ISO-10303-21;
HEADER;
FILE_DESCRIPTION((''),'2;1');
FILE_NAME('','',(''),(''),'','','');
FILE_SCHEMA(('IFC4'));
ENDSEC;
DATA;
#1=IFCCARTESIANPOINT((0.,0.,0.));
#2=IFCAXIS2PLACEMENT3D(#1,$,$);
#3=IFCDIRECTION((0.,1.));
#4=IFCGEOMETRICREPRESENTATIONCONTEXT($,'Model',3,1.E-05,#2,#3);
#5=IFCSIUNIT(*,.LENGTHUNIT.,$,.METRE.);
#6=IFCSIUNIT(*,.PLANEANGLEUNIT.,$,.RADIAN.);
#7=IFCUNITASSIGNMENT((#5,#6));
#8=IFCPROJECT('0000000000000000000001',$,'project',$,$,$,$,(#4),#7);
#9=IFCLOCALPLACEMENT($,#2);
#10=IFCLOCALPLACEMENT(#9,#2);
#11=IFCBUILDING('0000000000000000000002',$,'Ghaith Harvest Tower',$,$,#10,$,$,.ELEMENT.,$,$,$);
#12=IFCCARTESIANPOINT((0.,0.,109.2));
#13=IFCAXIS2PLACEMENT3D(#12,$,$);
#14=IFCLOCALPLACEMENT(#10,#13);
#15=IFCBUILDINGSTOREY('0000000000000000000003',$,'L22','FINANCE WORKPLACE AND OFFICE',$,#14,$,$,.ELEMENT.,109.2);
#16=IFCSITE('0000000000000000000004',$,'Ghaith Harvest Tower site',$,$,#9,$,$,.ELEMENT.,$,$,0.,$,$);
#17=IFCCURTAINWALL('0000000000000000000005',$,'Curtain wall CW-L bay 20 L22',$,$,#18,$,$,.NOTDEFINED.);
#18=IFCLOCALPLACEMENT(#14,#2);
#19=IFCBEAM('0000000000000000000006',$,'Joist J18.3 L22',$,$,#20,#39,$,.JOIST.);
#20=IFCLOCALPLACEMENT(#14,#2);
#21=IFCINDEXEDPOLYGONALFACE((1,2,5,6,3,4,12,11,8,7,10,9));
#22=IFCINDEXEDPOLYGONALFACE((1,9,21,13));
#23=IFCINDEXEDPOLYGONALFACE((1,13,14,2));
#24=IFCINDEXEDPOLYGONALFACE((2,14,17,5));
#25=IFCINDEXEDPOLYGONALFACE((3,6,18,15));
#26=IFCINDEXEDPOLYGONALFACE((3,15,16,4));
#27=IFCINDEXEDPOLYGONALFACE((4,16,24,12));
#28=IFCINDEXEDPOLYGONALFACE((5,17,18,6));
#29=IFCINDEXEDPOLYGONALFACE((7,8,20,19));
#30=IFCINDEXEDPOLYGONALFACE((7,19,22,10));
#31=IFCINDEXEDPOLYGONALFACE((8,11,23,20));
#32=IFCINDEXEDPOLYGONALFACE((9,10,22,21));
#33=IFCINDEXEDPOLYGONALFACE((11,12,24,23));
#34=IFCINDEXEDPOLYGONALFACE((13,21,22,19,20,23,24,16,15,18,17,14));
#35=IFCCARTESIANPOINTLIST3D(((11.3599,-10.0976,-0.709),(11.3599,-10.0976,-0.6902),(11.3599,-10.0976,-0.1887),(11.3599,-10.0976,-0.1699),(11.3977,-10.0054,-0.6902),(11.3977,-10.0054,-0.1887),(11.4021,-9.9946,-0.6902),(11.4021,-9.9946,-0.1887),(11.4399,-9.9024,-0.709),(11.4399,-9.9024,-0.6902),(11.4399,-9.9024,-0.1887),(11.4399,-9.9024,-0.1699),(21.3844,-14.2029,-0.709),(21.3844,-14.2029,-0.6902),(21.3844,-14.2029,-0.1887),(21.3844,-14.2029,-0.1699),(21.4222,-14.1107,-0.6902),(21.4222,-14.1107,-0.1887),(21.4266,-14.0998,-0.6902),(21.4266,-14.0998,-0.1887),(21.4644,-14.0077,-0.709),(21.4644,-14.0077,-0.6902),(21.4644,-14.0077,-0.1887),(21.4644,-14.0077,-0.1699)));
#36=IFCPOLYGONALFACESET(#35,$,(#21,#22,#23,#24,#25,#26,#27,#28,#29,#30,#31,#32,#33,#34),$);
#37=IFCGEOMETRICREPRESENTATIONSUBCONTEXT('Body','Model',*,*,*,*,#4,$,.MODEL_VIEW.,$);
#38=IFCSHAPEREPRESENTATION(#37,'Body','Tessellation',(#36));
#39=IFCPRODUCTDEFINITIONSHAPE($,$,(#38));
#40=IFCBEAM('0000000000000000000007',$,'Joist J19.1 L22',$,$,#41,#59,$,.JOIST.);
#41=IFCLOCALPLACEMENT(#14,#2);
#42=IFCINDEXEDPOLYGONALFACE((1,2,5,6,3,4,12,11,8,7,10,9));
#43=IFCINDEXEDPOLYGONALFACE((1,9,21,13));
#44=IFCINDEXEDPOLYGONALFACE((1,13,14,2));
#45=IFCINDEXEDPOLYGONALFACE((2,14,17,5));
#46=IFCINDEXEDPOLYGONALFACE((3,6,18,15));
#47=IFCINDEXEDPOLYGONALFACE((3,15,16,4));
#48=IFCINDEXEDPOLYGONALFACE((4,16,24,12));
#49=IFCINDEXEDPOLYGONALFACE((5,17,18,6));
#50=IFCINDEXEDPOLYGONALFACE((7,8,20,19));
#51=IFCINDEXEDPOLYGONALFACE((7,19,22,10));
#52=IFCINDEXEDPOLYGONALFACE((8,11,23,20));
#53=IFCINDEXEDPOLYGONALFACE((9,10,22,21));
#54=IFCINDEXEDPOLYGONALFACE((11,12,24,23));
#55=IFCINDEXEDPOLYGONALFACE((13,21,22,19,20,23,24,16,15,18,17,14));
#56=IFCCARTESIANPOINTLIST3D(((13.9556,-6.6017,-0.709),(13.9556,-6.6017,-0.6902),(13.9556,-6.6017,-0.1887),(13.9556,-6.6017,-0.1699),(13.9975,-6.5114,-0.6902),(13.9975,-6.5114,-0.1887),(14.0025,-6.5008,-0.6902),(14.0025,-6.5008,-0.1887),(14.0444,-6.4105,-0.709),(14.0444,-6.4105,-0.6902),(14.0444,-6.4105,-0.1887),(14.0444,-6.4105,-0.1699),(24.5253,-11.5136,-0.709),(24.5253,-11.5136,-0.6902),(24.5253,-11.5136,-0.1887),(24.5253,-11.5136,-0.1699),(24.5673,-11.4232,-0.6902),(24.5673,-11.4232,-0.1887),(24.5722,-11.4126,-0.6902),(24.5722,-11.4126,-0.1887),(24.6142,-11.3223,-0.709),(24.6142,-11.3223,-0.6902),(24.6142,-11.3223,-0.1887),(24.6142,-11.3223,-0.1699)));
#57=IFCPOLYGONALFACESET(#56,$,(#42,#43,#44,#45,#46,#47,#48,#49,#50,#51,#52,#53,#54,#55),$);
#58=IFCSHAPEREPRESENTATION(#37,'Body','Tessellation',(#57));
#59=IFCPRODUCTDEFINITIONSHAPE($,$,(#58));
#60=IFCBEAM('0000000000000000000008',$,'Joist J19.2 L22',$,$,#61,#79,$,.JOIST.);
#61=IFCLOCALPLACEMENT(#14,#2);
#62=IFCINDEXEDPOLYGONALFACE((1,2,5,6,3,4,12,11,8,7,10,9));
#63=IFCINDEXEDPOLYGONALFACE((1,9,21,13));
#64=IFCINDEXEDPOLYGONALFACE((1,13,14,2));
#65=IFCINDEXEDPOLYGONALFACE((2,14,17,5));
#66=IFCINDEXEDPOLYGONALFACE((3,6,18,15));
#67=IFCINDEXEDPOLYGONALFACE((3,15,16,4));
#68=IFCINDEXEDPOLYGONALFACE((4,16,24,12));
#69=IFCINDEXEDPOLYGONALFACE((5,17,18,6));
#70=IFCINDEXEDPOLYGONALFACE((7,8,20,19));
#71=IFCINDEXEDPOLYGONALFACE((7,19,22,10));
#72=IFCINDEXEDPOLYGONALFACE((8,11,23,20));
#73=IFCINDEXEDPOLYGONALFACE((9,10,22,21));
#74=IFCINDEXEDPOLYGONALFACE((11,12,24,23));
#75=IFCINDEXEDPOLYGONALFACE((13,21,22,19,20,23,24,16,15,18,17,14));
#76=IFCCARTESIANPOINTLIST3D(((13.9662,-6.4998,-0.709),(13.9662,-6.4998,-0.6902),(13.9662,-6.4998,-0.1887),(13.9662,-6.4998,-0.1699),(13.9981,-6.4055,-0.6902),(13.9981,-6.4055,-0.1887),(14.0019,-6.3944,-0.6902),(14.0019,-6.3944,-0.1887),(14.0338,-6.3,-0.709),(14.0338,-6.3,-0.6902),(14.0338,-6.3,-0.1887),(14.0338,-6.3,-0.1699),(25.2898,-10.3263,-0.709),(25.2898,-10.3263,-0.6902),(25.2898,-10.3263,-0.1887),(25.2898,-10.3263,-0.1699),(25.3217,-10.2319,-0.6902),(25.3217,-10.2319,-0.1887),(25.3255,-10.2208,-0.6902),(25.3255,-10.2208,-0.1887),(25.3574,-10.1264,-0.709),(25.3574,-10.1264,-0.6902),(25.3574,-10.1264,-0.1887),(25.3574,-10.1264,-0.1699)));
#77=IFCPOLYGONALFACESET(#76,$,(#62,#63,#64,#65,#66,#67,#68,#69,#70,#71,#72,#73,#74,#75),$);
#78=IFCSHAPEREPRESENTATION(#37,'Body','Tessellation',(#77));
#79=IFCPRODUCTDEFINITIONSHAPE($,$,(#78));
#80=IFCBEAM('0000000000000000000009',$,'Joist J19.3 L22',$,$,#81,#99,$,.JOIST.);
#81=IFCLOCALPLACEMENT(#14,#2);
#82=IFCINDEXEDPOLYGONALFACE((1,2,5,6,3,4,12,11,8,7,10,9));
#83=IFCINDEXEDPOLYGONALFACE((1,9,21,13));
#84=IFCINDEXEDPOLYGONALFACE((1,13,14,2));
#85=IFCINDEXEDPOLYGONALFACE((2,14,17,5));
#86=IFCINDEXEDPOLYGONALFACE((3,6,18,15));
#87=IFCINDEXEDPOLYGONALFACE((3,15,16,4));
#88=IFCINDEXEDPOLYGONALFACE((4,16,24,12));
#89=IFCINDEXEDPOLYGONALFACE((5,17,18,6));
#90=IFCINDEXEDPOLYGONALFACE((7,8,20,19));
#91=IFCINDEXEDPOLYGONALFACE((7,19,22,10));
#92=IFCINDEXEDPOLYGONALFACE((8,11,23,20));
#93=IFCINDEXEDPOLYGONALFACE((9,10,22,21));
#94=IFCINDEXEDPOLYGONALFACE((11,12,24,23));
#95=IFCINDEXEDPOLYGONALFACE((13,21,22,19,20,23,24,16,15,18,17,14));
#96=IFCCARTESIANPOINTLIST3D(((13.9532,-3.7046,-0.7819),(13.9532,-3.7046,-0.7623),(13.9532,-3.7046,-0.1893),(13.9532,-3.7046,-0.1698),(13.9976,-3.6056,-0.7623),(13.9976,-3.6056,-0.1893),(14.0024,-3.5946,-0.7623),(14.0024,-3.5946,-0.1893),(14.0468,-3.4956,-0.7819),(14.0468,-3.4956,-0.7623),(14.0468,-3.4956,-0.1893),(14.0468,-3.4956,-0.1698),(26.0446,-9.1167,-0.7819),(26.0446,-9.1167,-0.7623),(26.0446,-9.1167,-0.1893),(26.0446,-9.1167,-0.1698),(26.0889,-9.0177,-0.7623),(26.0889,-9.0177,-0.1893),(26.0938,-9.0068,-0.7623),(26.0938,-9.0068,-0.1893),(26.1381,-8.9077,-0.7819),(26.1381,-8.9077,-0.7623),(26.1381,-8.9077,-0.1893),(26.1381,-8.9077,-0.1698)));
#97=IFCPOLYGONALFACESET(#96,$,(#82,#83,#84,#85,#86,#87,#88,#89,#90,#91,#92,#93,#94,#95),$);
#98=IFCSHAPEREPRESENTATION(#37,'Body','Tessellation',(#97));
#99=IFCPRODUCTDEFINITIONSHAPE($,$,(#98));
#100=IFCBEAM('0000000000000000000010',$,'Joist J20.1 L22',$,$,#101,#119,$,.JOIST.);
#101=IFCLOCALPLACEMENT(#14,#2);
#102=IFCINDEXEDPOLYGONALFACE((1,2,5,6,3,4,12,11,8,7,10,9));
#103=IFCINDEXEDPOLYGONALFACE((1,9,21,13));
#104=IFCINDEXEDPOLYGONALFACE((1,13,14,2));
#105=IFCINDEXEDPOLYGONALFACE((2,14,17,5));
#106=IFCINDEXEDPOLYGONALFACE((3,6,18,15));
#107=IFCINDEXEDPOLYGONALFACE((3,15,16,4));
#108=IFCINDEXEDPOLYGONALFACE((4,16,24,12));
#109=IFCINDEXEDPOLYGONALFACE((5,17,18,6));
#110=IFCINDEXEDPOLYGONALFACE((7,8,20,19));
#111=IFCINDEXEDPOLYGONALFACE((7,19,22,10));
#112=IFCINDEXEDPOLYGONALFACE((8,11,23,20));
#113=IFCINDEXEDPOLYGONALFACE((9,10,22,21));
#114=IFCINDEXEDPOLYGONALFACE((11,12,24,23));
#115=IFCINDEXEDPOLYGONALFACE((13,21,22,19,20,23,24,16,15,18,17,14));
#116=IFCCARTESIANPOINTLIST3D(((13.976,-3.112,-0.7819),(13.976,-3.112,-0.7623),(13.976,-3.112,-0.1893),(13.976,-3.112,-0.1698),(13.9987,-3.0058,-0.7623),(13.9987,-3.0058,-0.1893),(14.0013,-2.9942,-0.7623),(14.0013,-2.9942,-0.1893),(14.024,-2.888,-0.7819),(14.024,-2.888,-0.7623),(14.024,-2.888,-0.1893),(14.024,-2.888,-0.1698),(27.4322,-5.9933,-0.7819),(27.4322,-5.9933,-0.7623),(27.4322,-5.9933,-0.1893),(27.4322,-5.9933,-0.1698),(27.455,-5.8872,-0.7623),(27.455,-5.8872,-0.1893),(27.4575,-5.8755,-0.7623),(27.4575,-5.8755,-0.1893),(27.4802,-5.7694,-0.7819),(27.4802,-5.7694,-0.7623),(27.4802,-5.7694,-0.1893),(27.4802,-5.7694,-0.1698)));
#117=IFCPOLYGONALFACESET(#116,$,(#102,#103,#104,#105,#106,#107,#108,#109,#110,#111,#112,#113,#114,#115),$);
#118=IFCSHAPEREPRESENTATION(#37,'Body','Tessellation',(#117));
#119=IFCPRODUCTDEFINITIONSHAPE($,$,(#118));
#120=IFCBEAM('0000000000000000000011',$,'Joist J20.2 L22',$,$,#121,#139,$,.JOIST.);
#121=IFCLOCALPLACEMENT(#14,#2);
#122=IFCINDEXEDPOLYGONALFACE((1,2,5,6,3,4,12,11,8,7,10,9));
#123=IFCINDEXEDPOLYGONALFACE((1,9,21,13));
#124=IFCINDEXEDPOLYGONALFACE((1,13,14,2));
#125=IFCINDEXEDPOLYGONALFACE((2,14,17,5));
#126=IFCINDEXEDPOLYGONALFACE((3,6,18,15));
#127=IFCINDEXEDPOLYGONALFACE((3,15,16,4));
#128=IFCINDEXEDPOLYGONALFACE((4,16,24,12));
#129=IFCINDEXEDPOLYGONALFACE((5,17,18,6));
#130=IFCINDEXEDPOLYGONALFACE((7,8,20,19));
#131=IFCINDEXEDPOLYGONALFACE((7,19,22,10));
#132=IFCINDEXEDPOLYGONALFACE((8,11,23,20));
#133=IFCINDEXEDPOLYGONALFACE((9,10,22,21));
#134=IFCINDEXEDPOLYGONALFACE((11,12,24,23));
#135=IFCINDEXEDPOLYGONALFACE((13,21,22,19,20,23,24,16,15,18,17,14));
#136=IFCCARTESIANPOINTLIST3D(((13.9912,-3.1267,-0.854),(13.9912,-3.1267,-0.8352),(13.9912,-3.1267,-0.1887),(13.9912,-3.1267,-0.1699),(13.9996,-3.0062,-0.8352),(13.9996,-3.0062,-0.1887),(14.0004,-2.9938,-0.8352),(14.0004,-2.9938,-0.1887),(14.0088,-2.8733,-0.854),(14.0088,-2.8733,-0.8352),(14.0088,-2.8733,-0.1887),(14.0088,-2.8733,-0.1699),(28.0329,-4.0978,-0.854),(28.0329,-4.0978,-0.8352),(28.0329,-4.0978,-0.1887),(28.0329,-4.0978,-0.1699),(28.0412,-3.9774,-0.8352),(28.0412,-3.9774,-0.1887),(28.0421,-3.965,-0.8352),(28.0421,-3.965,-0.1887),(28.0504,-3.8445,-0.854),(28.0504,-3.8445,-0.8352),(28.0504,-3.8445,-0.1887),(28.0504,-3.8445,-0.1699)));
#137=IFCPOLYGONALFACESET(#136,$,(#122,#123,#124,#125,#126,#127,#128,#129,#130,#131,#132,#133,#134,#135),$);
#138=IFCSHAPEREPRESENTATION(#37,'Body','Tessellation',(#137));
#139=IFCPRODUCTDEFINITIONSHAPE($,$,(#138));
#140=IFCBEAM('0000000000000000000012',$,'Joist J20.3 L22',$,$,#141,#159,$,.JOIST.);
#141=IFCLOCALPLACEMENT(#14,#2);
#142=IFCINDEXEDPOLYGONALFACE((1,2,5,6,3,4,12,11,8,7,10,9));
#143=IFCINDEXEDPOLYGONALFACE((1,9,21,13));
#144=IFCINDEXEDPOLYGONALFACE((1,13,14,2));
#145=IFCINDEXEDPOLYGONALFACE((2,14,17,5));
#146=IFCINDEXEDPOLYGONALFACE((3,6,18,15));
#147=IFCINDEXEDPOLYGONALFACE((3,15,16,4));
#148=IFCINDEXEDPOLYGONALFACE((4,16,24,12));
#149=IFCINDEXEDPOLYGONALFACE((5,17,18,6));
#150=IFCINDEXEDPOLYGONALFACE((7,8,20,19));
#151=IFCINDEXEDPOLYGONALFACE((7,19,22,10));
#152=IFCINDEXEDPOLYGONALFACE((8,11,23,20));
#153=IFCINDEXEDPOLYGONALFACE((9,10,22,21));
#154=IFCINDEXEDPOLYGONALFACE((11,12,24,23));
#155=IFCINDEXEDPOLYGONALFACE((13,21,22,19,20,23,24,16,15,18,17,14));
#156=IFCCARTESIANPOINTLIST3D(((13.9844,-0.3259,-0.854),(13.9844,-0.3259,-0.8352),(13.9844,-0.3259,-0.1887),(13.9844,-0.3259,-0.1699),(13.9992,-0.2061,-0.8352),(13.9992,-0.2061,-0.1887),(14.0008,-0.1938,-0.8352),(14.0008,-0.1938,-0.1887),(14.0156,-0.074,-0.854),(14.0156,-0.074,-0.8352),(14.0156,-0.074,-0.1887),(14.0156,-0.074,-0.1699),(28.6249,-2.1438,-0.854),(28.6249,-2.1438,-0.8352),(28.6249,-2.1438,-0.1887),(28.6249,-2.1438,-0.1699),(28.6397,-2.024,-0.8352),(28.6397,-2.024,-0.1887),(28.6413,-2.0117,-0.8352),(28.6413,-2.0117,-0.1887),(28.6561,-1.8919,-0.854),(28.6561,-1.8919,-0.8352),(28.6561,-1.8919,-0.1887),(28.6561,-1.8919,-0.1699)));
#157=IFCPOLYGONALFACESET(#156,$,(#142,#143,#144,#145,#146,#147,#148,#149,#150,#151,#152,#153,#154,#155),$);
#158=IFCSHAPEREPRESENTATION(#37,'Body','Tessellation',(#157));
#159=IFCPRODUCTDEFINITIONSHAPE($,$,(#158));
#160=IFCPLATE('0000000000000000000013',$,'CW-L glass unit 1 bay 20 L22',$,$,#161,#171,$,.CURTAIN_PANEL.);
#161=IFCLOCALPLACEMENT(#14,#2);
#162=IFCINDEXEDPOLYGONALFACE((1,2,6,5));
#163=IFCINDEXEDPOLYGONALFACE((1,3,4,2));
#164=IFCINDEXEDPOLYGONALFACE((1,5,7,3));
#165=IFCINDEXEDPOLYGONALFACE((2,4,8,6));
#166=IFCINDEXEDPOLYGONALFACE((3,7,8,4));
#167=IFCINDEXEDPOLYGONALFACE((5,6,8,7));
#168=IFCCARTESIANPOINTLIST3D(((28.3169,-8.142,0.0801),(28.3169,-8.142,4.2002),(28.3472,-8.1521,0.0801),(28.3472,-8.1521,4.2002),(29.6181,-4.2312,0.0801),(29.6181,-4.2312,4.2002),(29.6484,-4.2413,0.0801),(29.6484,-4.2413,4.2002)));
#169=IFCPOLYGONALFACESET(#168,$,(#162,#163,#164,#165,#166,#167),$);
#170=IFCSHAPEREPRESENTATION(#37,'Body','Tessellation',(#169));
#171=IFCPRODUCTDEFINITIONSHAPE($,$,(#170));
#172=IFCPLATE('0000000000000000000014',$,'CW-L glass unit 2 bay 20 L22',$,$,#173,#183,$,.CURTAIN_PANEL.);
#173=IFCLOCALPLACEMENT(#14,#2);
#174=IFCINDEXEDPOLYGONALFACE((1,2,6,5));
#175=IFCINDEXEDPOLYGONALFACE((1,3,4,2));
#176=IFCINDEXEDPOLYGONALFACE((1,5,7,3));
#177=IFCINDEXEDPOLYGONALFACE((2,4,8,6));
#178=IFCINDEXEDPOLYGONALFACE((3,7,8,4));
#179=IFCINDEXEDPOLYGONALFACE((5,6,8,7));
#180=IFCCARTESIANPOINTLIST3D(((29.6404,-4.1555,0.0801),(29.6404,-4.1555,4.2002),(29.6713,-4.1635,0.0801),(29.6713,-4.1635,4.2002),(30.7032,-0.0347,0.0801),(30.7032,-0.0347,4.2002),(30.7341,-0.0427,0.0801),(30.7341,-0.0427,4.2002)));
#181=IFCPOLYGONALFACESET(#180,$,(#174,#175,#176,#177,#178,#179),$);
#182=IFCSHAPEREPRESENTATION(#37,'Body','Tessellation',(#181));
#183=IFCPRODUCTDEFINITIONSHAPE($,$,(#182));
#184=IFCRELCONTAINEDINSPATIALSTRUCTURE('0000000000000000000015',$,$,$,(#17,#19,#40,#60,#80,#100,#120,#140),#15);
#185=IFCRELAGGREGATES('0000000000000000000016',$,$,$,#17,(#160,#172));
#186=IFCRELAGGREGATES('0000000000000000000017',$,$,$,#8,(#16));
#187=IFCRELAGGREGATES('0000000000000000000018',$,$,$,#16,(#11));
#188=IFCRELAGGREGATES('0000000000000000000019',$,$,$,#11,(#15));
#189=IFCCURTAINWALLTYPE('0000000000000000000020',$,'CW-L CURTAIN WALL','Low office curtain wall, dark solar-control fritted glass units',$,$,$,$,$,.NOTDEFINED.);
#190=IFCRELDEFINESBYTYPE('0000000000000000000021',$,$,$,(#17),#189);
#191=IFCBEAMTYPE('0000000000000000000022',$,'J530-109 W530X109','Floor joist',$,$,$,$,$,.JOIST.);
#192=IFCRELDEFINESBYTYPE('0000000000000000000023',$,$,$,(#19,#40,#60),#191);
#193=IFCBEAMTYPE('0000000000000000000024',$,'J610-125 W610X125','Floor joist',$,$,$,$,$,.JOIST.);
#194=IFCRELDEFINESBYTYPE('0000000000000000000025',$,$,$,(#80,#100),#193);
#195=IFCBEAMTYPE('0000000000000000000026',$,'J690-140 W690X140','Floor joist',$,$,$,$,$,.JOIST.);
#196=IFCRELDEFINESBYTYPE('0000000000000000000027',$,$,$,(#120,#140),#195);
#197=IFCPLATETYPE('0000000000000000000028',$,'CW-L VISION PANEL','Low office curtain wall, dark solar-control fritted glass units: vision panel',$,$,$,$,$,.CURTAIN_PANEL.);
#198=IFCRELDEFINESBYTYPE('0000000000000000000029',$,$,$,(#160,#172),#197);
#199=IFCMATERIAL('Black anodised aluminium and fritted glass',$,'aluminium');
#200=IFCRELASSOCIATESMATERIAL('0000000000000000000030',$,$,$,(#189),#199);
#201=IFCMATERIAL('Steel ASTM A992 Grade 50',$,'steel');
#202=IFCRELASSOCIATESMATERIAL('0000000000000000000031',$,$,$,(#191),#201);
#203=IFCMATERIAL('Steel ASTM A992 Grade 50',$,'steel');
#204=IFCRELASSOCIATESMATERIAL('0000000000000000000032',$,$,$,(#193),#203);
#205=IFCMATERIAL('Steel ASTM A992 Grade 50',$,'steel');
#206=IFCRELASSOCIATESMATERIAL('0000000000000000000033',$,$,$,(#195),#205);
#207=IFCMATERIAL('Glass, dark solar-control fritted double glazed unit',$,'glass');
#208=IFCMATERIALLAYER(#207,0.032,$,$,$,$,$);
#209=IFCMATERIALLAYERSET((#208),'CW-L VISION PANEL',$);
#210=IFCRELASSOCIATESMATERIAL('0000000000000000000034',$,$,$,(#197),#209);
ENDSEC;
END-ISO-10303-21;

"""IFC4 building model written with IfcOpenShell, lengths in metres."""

from ifc_helpers import new_model, si_unit, direction, frame, origin, origin_2d, place, context, subcontext, project, spatial, rectangle, i_section, extrude, material, layer, layer_set, material_profile, profile_set, type_object, element, aggregate, save


model = new_model("IFC4")

# Units and contexts
model_context = context("Model", 3, precision=1e-05, world=origin(), true_north=direction((0.0, 1.0)))
body_context = subcontext(model_context, "Body", "Model", "MODEL_VIEW")
ifc_project = project(units=[si_unit("LENGTHUNIT", "METRE"), si_unit("PLANEANGLEUNIT", "RADIAN")], contexts=[model_context])

# Site, building, storey
site_placement = place(None, origin())
site = spatial("IfcSite", under=ifc_project, at=site_placement, Name="Ghaith Harvest Tower site", CompositionType="ELEMENT", RefElevation=0.0)
building_placement = place(site_placement, origin())
building = spatial("IfcBuilding", under=site, at=building_placement, Name="Ghaith Harvest Tower", CompositionType="ELEMENT")
storey_placement = place(building_placement, frame((0.0, 0.0, 109.2)))
storey = spatial("IfcBuildingStorey", under=building, at=storey_placement, Name="L22", Description="FINANCE WORKPLACE AND OFFICE", CompositionType="ELEMENT", Elevation=109.2)

# Curtain wall
ifc_material_1 = material(Name="Black anodised aluminium and fritted glass", Category="aluminium")
curtain_wall_type = type_object("IfcCurtainWallType", Name="CW-L CURTAIN WALL", Description="Low office curtain wall, dark solar-control fritted glass units", PredefinedType="NOTDEFINED", material=ifc_material_1)
curtain_wall_placement = place(storey_placement, origin())
curtain_wall = element("IfcCurtainWall", 1, at=curtain_wall_placement, inside=storey, type_object=curtain_wall_type, Name="Curtain wall CW-L bay 20 L22", PredefinedType="NOTDEFINED")

# Beams
ifc_material_2 = material(Name="Steel ASTM A992 Grade 50", Category="steel")
ifc_material_profile_1 = material_profile(ifc_material_2, i_section(OverallWidth=0.2109, OverallDepth=0.5391, WebThickness=0.0117, FlangeThickness=0.0188, at=origin_2d()), Name="W530X109")
ifc_profile_set_1 = profile_set([ifc_material_profile_1], Name="Steel ASTM A992 Grade 50")
beam_type_1 = type_object("IfcBeamType", Name="J530-109 W530X109", Description="Floor joist", PredefinedType="JOIST", material=ifc_profile_set_1)
beam_1_placement = place(storey_placement, frame((11.3999, -10.0, -0.4395), z_axis=(0.925407, -0.378975, 0.0), x_axis=(0.378975, 0.925407, 0.0)))
element("IfcBeam", 2, at=beam_1_placement, inside=storey, type_object=beam_type_1, Name="Joist J18.3 L22", PredefinedType="JOIST", context=body_context, shape_type="SweptSolid", body=[
    extrude(i_section(OverallWidth=0.2109, OverallDepth=0.5391, WebThickness=0.0117, FlangeThickness=0.0188, at=origin_2d()), origin(), (0.0, 0.0, 1.0), 10.8325),
])
beam_2_placement = place(storey_placement, frame((14.0, -6.5061, -0.4395), z_axis=(0.906863, -0.421425, 0.0), x_axis=(0.421425, 0.906863, 0.0)))
element("IfcBeam", 3, at=beam_2_placement, inside=storey, type_object=beam_type_1, Name="Joist J19.1 L22", PredefinedType="JOIST", context=body_context, shape_type="SweptSolid", body=[
    extrude(i_section(OverallWidth=0.2109, OverallDepth=0.5391, WebThickness=0.0117, FlangeThickness=0.0188, at=origin_2d()), origin(), (0.0, 0.0, 1.0), 11.6553),
])
beam_3_placement = place(storey_placement, frame((14.0, -6.3999, -0.4395), z_axis=(0.947372, -0.320135, 0.0), x_axis=(0.320135, 0.947372, 0.0)))
element("IfcBeam", 4, at=beam_3_placement, inside=storey, type_object=beam_type_1, Name="Joist J19.2 L22", PredefinedType="JOIST", context=body_context, shape_type="SweptSolid", body=[
    extrude(i_section(OverallWidth=0.2109, OverallDepth=0.5391, WebThickness=0.0117, FlangeThickness=0.0188, at=origin_2d()), origin(), (0.0, 0.0, 1.0), 11.9526),
])
ifc_material_3 = material(Name="Steel ASTM A992 Grade 50", Category="steel")
ifc_material_profile_2 = material_profile(ifc_material_3, i_section(OverallWidth=0.229, OverallDepth=0.6121, WebThickness=0.012, FlangeThickness=0.0195, at=origin_2d()), Name="W610X125")
ifc_profile_set_2 = profile_set([ifc_material_profile_2], Name="Steel ASTM A992 Grade 50")
beam_type_2 = type_object("IfcBeamType", Name="J610-125 W610X125", Description="Floor joist", PredefinedType="JOIST", material=ifc_profile_set_2)
beam_4_placement = place(storey_placement, frame((14.0, -3.6001, -0.4758), z_axis=(0.912738, -0.408545, 0.0), x_axis=(0.408545, 0.912738, 0.0)))
element("IfcBeam", 5, at=beam_4_placement, inside=storey, type_object=beam_type_2, Name="Joist J19.3 L22", PredefinedType="JOIST", context=body_context, shape_type="SweptSolid", body=[
    extrude(i_section(OverallWidth=0.229, OverallDepth=0.6121, WebThickness=0.012, FlangeThickness=0.0195, at=origin_2d()), origin(), (0.0, 0.0, 1.0), 13.2473),
])
beam_5_placement = place(storey_placement, frame((14.0, -3.0, -0.4758), z_axis=(0.977834, -0.20938, 0.0), x_axis=(0.20938, 0.977834, 0.0)))
element("IfcBeam", 6, at=beam_5_placement, inside=storey, type_object=beam_type_2, Name="Joist J20.1 L22", PredefinedType="JOIST", context=body_context, shape_type="SweptSolid", body=[
    extrude(i_section(OverallWidth=0.229, OverallDepth=0.6121, WebThickness=0.012, FlangeThickness=0.0195, at=origin_2d()), origin(), (0.0, 0.0, 1.0), 13.7612),
])
ifc_material_4 = material(Name="Steel ASTM A992 Grade 50", Category="steel")
ifc_material_profile_3 = material_profile(ifc_material_4, i_section(OverallWidth=0.2539, OverallDepth=0.6841, WebThickness=0.0125, FlangeThickness=0.0188, at=origin_2d()), Name="W690X140")
ifc_profile_set_3 = profile_set([ifc_material_profile_3], Name="Steel ASTM A992 Grade 50")
beam_type_3 = type_object("IfcBeamType", Name="J690-140 W690X140", Description="Floor joist", PredefinedType="JOIST", material=ifc_profile_set_3)
beam_6_placement = place(storey_placement, frame((14.0, -3.0, -0.512), z_axis=(0.997617, -0.069, 0.0), x_axis=(0.069, 0.997617, 0.0)))
element("IfcBeam", 7, at=beam_6_placement, inside=storey, type_object=beam_type_3, Name="Joist J20.2 L22", PredefinedType="JOIST", context=body_context, shape_type="SweptSolid", body=[
    extrude(i_section(OverallWidth=0.2539, OverallDepth=0.6841, WebThickness=0.0125, FlangeThickness=0.0188, at=origin_2d()), origin(), (0.0, 0.0, 1.0), 14.0752),
])
beam_7_placement = place(storey_placement, frame((14.0, -0.2, -0.512), z_axis=(0.992379, -0.123222, 0.0), x_axis=(0.123222, 0.992379, 0.0)))
element("IfcBeam", 8, at=beam_7_placement, inside=storey, type_object=beam_type_3, Name="Joist J20.3 L22", PredefinedType="JOIST", context=body_context, shape_type="SweptSolid", body=[
    extrude(i_section(OverallWidth=0.2539, OverallDepth=0.6841, WebThickness=0.0125, FlangeThickness=0.0188, at=origin_2d()), origin(), (0.0, 0.0, 1.0), 14.7529),
])

# Plates
ifc_material_5 = material(Name="Glass, dark solar-control fritted double glazed unit", Category="glass")
ifc_layer_1 = layer(ifc_material_5, 0.032)
ifc_layer_set_1 = layer_set([ifc_layer_1], Name="CW-L VISION PANEL")
plate_type_1 = type_object("IfcPlateType", Name="CW-L VISION PANEL", Description="Low office curtain wall, dark solar-control fritted glass units: vision panel", PredefinedType="CURTAIN_PANEL", material=ifc_layer_set_1)
plate_1_placement = place(storey_placement, frame((28.9827, -6.1917, 0.0801), z_axis=(0.0, 0.0, 1.0), x_axis=(0.315708, 0.948856, 0.0)))
plate_1 = element("IfcPlate", 9, at=plate_1_placement, type_object=plate_type_1, Name="CW-L glass unit 1 bay 20 L22", PredefinedType="CURTAIN_PANEL", context=body_context, shape_type="SweptSolid", body=[
    extrude(rectangle(XDim=4.1216, YDim=0.032, at=origin_2d()), origin(), (0.0, 0.0, 1.0), 4.1201),
])
plate_2_placement = place(storey_placement, frame((30.1873, -2.0991, 0.0801), z_axis=(0.0, 0.0, 1.0), x_axis=(0.249744, 0.968312, 0.0)))
plate_2 = element("IfcPlate", 10, at=plate_2_placement, type_object=plate_type_1, Name="CW-L glass unit 2 bay 20 L22", PredefinedType="CURTAIN_PANEL", context=body_context, shape_type="SweptSolid", body=[
    extrude(rectangle(XDim=4.2556, YDim=0.032, at=origin_2d()), origin(), (0.0, 0.0, 1.0), 4.1201),
])
aggregate(curtain_wall, [plate_1, plate_2])

save(model, "model.ifc")
